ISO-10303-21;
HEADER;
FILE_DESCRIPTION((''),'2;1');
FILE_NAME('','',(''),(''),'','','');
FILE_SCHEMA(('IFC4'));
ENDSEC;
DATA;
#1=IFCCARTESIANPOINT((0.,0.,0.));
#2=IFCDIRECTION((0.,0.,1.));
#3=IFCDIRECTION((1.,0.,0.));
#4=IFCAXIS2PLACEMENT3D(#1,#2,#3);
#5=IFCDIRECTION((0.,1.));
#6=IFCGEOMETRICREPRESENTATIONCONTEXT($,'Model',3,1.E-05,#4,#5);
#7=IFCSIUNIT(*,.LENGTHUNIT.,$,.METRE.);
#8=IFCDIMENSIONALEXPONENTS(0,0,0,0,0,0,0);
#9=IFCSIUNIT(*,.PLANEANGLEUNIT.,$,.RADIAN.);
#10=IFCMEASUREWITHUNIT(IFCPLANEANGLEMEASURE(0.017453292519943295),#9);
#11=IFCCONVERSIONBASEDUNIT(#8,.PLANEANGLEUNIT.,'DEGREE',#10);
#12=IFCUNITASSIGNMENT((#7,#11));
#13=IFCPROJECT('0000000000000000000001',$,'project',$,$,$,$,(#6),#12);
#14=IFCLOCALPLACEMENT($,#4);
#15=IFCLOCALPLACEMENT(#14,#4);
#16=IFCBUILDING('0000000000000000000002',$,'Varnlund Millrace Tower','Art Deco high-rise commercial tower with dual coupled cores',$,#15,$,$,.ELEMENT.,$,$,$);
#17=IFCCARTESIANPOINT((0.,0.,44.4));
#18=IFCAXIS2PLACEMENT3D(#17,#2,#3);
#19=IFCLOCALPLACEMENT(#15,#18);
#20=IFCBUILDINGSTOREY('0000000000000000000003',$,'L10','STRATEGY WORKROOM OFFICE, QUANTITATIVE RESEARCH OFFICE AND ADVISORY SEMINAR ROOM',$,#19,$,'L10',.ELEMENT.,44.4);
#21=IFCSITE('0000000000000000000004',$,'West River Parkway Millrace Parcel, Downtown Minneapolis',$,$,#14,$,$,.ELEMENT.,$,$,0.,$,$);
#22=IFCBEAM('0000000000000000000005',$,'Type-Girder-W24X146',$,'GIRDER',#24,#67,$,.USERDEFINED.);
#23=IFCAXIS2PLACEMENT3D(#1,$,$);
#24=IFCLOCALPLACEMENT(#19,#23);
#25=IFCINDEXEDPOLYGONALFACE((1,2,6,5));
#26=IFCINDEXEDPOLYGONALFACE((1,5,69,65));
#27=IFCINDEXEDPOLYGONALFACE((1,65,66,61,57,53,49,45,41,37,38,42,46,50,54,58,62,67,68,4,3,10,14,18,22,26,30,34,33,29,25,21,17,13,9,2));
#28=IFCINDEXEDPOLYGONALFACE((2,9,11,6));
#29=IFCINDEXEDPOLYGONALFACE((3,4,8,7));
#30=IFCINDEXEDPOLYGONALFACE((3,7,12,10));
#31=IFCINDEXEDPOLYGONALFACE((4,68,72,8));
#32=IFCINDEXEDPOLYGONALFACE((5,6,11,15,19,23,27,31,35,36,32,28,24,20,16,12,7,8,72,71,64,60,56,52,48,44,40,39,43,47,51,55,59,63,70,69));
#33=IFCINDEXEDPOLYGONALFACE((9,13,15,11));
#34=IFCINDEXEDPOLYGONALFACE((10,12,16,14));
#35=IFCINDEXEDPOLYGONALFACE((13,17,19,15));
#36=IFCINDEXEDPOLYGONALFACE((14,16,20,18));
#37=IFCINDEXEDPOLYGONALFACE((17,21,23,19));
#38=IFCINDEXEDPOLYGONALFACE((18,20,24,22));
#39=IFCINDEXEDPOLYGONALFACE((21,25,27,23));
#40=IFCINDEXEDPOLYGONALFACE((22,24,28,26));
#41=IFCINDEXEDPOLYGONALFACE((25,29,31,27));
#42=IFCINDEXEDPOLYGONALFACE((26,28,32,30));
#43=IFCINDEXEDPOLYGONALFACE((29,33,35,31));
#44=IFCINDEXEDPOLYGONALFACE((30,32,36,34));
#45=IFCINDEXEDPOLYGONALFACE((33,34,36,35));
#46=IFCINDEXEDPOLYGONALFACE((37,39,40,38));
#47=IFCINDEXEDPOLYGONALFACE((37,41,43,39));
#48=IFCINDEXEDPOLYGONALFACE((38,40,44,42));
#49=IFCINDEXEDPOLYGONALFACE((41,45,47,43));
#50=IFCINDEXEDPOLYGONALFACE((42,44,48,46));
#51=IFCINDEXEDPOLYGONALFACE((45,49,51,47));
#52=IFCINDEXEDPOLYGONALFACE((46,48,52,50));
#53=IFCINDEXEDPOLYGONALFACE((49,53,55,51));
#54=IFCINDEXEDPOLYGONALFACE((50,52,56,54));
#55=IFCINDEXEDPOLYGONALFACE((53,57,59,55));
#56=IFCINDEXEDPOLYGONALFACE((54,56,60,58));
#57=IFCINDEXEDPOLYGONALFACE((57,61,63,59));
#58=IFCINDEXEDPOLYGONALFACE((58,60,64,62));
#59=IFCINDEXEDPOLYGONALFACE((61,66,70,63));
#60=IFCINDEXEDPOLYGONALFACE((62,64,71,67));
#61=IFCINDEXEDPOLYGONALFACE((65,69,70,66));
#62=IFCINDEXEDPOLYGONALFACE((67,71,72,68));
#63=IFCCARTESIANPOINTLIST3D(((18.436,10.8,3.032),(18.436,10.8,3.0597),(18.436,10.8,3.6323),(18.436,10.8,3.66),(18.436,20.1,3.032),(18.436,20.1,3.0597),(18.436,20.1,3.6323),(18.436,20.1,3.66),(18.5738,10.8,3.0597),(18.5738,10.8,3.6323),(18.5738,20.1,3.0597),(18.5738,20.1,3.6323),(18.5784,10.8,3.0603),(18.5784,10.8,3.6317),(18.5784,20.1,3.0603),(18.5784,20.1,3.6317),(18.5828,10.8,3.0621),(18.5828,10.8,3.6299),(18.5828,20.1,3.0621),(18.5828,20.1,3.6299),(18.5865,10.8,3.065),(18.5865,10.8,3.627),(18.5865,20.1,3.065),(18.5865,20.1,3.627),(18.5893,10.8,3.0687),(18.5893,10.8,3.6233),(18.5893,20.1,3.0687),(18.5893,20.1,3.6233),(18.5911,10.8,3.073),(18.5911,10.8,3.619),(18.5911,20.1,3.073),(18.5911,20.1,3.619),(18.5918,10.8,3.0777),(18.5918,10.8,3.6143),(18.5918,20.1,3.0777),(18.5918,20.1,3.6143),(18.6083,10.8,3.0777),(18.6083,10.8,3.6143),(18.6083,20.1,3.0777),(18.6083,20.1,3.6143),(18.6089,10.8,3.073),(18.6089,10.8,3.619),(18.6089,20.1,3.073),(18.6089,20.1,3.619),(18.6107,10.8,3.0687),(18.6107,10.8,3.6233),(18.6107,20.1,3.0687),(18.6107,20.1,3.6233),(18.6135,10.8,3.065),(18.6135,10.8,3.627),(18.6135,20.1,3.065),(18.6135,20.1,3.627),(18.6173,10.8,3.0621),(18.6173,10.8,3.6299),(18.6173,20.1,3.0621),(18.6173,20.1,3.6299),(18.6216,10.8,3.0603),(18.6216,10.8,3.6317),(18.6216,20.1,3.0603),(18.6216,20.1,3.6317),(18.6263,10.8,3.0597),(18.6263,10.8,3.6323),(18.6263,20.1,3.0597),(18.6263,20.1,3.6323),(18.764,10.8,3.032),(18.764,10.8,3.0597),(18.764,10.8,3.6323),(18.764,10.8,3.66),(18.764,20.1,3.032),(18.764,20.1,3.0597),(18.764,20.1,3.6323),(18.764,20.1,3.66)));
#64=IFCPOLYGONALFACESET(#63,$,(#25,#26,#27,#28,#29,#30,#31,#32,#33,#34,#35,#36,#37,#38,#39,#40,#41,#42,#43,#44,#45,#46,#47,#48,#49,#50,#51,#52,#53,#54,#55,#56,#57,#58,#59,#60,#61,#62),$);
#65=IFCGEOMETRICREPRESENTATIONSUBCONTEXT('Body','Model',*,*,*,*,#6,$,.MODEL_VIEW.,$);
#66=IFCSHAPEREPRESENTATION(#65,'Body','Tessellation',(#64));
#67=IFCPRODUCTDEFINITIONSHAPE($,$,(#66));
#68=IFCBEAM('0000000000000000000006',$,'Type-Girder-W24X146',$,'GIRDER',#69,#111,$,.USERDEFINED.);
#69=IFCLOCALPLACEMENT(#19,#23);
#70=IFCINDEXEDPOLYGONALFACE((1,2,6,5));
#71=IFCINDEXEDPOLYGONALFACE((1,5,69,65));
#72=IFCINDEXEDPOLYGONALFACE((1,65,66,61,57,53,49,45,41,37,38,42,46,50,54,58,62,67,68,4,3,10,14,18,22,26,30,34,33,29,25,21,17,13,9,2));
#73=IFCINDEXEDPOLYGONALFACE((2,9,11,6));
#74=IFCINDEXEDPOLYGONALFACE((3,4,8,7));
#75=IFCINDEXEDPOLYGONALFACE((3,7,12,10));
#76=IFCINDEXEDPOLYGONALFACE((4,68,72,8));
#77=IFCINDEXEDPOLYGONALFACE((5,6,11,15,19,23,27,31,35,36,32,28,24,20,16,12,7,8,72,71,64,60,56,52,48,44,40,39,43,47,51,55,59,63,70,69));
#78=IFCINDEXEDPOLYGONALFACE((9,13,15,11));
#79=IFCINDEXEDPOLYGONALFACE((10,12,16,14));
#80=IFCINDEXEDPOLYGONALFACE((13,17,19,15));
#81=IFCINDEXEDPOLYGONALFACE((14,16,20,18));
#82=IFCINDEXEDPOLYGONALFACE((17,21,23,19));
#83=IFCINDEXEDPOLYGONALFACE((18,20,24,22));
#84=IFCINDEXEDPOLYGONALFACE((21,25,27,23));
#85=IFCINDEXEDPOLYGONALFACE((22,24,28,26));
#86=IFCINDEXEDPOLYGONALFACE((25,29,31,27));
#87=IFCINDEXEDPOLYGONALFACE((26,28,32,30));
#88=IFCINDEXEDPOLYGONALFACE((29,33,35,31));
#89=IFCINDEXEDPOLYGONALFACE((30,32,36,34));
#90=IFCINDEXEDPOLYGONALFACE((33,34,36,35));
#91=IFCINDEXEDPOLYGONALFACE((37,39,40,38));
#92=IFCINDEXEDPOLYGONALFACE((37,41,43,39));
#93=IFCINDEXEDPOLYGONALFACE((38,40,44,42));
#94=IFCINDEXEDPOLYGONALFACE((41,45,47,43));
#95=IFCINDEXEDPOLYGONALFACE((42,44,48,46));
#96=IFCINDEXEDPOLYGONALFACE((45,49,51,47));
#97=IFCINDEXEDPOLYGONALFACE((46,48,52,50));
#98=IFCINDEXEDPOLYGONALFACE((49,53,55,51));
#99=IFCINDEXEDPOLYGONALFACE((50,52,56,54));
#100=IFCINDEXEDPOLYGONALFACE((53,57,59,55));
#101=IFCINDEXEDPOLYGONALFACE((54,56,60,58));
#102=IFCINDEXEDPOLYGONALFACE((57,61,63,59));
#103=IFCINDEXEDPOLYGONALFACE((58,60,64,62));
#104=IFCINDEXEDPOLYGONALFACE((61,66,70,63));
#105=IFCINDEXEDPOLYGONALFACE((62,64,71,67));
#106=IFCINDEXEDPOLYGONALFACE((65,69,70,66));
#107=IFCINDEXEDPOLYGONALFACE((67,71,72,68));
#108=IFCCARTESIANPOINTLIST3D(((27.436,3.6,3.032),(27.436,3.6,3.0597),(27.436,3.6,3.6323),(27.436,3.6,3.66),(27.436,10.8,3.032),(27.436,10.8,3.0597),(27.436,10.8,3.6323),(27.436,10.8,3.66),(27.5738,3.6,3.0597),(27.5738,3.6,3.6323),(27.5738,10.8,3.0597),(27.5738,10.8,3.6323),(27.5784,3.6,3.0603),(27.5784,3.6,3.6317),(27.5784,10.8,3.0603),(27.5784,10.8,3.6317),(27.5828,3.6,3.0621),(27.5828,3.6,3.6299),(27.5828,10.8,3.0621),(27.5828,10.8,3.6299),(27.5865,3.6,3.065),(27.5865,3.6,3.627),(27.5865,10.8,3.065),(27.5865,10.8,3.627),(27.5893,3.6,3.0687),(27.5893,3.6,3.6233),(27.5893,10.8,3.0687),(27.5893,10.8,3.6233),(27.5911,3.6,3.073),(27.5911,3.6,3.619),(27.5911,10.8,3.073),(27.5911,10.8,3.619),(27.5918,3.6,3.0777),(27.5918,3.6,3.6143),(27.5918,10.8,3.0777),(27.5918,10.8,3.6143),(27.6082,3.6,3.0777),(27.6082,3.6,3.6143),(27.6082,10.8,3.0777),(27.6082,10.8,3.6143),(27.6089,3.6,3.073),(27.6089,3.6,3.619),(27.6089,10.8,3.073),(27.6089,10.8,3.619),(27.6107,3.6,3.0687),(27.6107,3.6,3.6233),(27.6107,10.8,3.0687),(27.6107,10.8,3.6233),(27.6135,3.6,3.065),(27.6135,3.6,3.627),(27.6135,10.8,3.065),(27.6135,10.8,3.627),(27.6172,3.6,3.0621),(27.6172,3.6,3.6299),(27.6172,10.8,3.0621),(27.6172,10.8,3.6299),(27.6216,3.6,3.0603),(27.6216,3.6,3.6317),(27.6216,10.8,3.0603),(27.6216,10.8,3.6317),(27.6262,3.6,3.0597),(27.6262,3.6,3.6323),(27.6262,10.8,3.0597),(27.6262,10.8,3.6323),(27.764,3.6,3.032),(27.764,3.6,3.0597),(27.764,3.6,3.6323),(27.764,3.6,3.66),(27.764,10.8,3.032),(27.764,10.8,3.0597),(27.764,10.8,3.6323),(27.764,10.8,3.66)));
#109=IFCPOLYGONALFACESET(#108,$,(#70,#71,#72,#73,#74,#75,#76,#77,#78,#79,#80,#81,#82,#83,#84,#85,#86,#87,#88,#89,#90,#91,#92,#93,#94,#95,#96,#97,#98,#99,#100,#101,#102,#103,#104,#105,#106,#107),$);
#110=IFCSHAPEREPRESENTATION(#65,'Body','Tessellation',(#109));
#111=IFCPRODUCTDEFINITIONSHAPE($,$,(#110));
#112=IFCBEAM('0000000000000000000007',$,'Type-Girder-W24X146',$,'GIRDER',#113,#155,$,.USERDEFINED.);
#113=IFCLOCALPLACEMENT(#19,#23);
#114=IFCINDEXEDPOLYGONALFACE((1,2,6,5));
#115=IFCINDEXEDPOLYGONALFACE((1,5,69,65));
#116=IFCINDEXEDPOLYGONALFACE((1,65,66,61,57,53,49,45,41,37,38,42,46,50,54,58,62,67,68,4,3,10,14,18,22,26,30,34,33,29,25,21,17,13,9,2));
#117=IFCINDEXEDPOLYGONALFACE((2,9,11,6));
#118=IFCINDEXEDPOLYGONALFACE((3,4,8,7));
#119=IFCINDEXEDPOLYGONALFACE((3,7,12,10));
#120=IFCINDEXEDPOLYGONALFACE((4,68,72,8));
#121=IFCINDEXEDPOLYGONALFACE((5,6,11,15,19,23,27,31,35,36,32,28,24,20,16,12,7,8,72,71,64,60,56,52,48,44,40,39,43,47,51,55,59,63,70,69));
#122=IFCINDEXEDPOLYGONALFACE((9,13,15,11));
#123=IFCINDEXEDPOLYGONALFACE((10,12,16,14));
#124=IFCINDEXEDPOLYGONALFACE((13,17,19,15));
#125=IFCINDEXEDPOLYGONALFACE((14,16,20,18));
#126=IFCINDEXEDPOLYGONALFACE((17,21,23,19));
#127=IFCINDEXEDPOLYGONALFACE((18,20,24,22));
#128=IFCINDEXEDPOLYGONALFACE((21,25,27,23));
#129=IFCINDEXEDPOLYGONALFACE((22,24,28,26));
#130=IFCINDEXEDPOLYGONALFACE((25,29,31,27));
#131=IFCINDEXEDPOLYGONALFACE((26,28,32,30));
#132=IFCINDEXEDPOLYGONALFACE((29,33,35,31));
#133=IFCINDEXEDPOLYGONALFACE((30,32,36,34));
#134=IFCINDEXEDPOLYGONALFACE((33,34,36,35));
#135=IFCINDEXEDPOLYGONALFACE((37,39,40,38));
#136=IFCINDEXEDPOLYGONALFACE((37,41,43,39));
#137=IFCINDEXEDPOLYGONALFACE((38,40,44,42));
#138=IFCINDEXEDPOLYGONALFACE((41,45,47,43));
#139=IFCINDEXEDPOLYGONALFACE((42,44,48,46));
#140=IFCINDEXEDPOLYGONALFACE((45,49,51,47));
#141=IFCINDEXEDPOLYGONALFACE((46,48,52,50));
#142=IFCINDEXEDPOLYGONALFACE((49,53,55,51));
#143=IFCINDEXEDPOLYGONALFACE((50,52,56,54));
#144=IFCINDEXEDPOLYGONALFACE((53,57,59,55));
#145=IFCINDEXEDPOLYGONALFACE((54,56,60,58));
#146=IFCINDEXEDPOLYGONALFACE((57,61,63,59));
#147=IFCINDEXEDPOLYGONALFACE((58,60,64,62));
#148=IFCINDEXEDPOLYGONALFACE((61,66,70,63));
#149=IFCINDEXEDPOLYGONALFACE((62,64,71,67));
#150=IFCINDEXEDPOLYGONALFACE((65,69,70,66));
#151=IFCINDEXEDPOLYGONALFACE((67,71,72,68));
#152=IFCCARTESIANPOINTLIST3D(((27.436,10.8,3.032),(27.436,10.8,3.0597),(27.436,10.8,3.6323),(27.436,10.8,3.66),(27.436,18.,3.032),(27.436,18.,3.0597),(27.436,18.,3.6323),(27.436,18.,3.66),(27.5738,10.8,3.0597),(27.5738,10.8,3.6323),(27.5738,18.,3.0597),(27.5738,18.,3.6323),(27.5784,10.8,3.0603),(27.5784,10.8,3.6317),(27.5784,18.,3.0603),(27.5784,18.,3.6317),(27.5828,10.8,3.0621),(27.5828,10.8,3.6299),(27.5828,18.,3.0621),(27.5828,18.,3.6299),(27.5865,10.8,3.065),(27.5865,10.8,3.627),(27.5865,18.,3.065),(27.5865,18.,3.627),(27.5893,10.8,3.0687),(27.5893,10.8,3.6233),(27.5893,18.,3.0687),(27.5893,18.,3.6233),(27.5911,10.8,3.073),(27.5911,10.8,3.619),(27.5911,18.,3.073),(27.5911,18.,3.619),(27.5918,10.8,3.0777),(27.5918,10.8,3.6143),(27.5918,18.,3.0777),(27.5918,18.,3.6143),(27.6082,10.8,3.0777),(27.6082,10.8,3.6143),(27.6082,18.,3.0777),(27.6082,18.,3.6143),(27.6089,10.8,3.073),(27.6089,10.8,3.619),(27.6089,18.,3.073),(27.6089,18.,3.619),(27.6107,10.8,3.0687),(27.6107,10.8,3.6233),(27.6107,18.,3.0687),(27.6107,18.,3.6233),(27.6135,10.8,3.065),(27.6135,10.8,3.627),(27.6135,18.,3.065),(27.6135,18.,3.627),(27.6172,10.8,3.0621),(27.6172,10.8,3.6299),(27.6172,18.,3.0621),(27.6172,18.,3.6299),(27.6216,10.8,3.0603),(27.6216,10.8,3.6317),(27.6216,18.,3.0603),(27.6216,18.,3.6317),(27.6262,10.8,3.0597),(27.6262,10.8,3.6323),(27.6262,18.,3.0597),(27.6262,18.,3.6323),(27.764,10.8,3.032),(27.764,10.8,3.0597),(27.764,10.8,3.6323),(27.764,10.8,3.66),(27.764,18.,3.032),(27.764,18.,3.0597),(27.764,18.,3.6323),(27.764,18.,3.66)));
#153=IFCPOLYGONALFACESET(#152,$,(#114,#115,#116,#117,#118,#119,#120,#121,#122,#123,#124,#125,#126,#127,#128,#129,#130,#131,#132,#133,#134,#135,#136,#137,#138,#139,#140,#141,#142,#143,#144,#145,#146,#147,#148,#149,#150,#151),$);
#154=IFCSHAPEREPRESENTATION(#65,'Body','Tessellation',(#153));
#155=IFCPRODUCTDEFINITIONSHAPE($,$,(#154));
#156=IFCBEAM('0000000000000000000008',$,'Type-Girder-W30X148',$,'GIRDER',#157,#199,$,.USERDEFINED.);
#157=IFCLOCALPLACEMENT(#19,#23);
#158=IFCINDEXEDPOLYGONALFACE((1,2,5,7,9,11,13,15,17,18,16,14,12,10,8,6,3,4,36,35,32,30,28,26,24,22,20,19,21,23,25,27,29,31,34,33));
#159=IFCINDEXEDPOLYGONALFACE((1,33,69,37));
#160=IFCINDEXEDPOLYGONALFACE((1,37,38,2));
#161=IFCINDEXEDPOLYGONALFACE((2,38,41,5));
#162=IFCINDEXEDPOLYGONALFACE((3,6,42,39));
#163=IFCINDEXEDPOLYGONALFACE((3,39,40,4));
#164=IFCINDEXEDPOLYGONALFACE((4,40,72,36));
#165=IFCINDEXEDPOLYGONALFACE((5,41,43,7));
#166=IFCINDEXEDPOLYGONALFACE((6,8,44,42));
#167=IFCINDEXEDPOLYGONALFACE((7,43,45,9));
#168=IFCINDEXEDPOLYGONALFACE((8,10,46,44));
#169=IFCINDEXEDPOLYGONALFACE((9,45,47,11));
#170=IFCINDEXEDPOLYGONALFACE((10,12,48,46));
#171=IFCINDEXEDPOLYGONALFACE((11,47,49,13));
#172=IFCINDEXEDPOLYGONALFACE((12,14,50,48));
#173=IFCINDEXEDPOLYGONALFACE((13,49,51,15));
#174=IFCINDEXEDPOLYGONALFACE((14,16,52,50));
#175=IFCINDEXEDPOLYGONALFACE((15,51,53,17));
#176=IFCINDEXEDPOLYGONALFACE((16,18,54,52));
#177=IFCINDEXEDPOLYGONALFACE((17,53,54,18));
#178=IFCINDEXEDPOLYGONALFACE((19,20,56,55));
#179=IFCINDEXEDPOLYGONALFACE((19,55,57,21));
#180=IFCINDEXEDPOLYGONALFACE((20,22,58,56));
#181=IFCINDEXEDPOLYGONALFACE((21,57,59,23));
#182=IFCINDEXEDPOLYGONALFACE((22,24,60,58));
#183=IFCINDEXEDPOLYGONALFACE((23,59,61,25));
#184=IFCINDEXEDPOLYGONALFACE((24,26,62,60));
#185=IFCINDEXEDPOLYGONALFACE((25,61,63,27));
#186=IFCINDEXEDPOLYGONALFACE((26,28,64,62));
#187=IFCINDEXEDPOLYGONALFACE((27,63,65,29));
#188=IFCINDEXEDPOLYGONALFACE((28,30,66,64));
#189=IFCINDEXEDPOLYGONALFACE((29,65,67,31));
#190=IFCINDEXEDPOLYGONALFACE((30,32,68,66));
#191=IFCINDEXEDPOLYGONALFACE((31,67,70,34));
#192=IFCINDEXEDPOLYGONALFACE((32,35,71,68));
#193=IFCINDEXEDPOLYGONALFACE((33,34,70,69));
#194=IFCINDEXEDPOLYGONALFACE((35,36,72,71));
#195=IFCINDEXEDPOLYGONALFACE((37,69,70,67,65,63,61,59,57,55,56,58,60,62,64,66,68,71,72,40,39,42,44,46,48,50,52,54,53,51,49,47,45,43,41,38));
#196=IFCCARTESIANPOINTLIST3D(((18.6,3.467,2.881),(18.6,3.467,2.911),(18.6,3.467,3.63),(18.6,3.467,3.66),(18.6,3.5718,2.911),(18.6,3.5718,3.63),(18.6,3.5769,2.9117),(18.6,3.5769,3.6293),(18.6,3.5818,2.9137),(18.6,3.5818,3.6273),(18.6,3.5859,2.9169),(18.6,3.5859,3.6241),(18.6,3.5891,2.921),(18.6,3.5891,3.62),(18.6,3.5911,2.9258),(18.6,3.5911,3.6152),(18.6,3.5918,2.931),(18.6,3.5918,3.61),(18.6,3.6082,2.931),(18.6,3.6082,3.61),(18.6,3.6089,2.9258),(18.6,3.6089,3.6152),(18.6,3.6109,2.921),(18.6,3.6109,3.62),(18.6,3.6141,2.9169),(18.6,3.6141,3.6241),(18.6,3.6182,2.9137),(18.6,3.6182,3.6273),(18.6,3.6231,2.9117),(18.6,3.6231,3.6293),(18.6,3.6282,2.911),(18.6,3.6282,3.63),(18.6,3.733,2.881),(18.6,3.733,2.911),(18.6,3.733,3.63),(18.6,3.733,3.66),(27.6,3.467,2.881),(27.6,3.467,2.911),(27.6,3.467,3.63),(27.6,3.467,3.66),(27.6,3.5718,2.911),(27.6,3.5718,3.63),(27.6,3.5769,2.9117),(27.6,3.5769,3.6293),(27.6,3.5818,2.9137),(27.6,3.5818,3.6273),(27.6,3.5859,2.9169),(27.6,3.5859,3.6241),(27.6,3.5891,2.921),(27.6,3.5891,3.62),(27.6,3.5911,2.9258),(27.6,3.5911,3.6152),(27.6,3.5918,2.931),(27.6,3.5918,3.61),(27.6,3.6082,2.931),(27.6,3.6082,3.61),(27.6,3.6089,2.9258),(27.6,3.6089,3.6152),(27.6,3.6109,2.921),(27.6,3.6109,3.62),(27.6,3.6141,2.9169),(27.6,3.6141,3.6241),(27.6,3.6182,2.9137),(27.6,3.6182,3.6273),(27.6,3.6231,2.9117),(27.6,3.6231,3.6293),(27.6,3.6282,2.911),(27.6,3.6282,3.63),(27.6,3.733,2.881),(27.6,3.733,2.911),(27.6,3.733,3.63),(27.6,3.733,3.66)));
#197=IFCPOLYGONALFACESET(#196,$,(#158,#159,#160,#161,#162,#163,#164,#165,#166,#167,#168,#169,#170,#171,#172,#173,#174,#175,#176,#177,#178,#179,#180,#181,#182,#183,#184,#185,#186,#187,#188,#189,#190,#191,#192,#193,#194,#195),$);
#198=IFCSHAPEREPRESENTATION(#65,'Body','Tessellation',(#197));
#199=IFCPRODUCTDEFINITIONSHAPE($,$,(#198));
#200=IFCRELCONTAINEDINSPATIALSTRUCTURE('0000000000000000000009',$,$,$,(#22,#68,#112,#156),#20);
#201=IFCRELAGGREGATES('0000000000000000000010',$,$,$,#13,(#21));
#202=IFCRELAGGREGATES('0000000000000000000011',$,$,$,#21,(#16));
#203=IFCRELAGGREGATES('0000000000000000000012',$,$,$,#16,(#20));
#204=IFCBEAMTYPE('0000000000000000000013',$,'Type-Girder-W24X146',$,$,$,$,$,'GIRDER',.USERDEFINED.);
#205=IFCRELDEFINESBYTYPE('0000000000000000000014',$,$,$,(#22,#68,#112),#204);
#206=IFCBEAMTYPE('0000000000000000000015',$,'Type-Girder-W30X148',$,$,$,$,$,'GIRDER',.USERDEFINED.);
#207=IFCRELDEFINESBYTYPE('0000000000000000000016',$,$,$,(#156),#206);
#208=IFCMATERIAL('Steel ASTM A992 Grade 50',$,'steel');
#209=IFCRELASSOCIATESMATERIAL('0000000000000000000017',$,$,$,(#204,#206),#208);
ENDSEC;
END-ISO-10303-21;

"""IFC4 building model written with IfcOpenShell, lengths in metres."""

from ifc_helpers import new_model, entity, si_unit, converted_unit, direction, frame, origin_with_axes, origin_2d_with_axis, place, context, subcontext, project, spatial, i_section, extrude, material, material_profile, profile_set, type_object, element, save


model = new_model("IFC4")

# Units and contexts
model_context = context("Model", 3, precision=1e-05, world=origin_with_axes(), true_north=direction((0.0, 1.0)))
body_context = subcontext(model_context, "Body", "Model", "MODEL_VIEW")
ifc_project = project(units=[si_unit("LENGTHUNIT", "METRE"), converted_unit("PLANEANGLEUNIT", "DEGREE", entity("IfcPlaneAngleMeasure", 0.017453292519943295), si_unit("PLANEANGLEUNIT", "RADIAN"), dimensions=[0, 0, 0, 0, 0, 0, 0])], contexts=[model_context])

# Site, building, storey
site_placement = place(None, origin_with_axes())
site = spatial("IfcSite", under=ifc_project, at=site_placement, Name="West River Parkway Millrace Parcel, Downtown Minneapolis", CompositionType="ELEMENT", RefElevation=0.0)
building_placement = place(site_placement, origin_with_axes())
building = spatial("IfcBuilding", under=site, at=building_placement, Name="Varnlund Millrace Tower", Description="Art Deco high-rise commercial tower with dual coupled cores", CompositionType="ELEMENT")
storey_placement = place(building_placement, frame((0.0, 0.0, 44.4), z_axis=(0.0, 0.0, 1.0), x_axis=(1.0, 0.0, 0.0)))
storey = spatial("IfcBuildingStorey", under=building, at=storey_placement, Name="L10", Description="STRATEGY WORKROOM OFFICE, QUANTITATIVE RESEARCH OFFICE AND ADVISORY SEMINAR ROOM", LongName="L10", CompositionType="ELEMENT", Elevation=44.4)

# Beams
ifc_material_1 = material(Name="Steel ASTM A992 Grade 50", Category="steel")
ifc_material_profile_1 = material_profile(ifc_material_1, i_section(OverallWidth=0.328, OverallDepth=0.628, WebThickness=0.0165, FlangeThickness=0.0277, FilletRadius=0.018, at=origin_2d_with_axis()), Name="Steel ASTM A992 Grade 50")
ifc_profile_set_1 = profile_set([ifc_material_profile_1], Name="Steel ASTM A992 Grade 50")
beam_type_1 = type_object("IfcBeamType", Name="Type-Girder-W24X146", ElementType="GIRDER", PredefinedType="USERDEFINED", material=ifc_profile_set_1)
beam_1_placement = place(storey_placement, frame((18.6, 10.8, 3.346), z_axis=(0.0, 1.0, 0.0), x_axis=(-1.0, 0.0, 0.0)))
element("IfcBeam", 1, at=beam_1_placement, inside=storey, type_object=beam_type_1, Name="Type-Girder-W24X146", ObjectType="GIRDER", PredefinedType="USERDEFINED", context=body_context, shape_type="SweptSolid", body=[
    extrude(i_section(OverallWidth=0.328, OverallDepth=0.628, WebThickness=0.0165, FlangeThickness=0.0277, FilletRadius=0.018, at=origin_2d_with_axis()), origin_with_axes(), (0.0, 0.0, 1.0), 9.3),
])
for number, where, z_axis, x_axis, name in (
    (2, (27.6, 3.6, 3.346), (0.0, 1.0, 0.0), (-1.0, 0.0, 0.0), "Type-Girder-W24X146"),
    (3, (27.6, 10.8, 3.346), (0.0, 1.0, 0.0), (-1.0, 0.0, 0.0), "Type-Girder-W24X146"),
):
    element("IfcBeam", number, at=place(storey_placement, frame(where, z_axis=z_axis, x_axis=x_axis)), inside=storey, type_object=beam_type_1, Name=name, ObjectType="GIRDER", PredefinedType="USERDEFINED", context=body_context, shape_type="SweptSolid", body=[
        extrude(i_section(OverallWidth=0.328, OverallDepth=0.628, WebThickness=0.0165, FlangeThickness=0.0277, FilletRadius=0.018, at=origin_2d_with_axis()), origin_with_axes(), (0.0, 0.0, 1.0), 7.2),
    ])
ifc_material_profile_2 = material_profile(ifc_material_1, i_section(OverallWidth=0.266, OverallDepth=0.779, WebThickness=0.0165, FlangeThickness=0.03, FilletRadius=0.02, at=origin_2d_with_axis()), Name="Steel ASTM A992 Grade 50")
ifc_profile_set_2 = profile_set([ifc_material_profile_2], Name="Steel ASTM A992 Grade 50")
beam_type_2 = type_object("IfcBeamType", Name="Type-Girder-W30X148", ElementType="GIRDER", PredefinedType="USERDEFINED", material=ifc_profile_set_2)
beam_2_placement = place(storey_placement, frame((18.6, 3.6, 3.2705), z_axis=(1.0, 0.0, 0.0), x_axis=(0.0, 1.0, 0.0)))
element("IfcBeam", 4, at=beam_2_placement, inside=storey, type_object=beam_type_2, Name="Type-Girder-W30X148", ObjectType="GIRDER", PredefinedType="USERDEFINED", context=body_context, shape_type="SweptSolid", body=[
    extrude(i_section(OverallWidth=0.266, OverallDepth=0.779, WebThickness=0.0165, FlangeThickness=0.03, FilletRadius=0.02, at=origin_2d_with_axis()), origin_with_axes(), (0.0, 0.0, 1.0), 9.0),
])

save(model, "model.ifc")
